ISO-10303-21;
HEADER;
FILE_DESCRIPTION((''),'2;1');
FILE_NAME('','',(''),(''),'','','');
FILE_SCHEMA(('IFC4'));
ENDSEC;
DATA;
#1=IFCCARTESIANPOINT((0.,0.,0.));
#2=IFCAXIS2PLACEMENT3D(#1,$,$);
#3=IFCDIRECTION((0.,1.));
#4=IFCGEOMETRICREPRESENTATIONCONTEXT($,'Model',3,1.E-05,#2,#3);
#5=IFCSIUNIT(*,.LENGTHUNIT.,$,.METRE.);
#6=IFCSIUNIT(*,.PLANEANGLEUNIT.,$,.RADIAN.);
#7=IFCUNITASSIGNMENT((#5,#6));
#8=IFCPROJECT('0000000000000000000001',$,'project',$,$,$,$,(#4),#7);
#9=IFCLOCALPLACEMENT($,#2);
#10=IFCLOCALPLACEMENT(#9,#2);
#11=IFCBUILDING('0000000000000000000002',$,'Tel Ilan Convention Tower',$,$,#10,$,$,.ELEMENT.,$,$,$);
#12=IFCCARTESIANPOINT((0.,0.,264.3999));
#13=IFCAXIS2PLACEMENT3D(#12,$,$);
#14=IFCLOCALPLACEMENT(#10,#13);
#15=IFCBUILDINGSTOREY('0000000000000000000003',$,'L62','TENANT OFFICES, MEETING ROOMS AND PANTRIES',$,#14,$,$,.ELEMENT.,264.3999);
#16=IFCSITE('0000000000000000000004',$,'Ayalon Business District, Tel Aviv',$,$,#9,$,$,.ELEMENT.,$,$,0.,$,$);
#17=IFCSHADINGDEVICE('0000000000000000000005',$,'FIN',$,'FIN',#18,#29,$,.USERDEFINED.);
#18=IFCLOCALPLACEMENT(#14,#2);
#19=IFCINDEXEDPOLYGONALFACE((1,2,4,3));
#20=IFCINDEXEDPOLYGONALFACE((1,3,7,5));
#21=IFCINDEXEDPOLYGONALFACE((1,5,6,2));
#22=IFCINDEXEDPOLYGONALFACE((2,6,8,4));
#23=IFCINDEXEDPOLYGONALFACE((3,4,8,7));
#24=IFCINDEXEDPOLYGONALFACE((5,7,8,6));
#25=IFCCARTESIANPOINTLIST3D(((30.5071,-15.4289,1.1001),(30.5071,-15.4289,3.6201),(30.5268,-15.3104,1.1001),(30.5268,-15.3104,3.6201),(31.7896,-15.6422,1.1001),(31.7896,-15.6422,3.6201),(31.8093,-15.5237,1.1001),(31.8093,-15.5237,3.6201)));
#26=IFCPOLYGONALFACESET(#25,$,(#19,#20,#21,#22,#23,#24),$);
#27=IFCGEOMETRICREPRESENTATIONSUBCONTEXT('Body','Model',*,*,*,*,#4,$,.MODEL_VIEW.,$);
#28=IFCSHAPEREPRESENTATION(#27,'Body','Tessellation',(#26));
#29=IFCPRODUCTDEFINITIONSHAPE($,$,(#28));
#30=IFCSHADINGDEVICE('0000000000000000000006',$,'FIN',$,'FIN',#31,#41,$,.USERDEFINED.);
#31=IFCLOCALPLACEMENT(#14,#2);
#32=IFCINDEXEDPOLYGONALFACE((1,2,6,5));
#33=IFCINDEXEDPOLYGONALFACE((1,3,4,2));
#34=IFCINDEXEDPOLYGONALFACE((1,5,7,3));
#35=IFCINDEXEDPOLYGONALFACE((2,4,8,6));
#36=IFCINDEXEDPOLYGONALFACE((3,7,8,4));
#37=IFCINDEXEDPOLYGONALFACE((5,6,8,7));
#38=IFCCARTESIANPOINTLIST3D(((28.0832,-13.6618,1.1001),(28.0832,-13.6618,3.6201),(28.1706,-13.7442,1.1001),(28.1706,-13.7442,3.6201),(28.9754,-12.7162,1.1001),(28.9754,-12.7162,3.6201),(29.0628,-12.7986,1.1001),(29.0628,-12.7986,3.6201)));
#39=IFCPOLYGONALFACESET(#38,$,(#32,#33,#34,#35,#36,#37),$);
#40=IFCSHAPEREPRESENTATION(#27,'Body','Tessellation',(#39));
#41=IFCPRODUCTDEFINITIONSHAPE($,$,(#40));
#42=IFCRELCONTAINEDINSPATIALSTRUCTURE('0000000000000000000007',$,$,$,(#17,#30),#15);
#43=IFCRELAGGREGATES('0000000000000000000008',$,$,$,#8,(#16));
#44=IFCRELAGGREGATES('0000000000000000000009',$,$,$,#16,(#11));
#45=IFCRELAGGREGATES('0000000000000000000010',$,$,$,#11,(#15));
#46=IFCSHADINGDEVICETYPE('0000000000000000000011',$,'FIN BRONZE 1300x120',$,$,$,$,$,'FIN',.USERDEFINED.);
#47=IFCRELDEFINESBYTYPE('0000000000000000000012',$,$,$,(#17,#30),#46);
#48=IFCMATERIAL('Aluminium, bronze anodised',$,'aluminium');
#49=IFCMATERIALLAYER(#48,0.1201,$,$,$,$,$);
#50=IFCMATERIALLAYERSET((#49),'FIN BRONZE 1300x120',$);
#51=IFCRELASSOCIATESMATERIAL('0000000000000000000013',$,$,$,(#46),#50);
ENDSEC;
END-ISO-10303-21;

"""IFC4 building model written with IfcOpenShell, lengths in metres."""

from ifc_helpers import new_model, si_unit, direction, frame, origin, origin_2d, place, context, subcontext, project, spatial, rectangle, extrude, material, layer, layer_set, type_object, element, save


model = new_model("IFC4")

# Units and contexts
model_context = context("Model", 3, precision=1e-05, world=origin(), true_north=direction((0.0, 1.0)))
body_context = subcontext(model_context, "Body", "Model", "MODEL_VIEW")
ifc_project = project(units=[si_unit("LENGTHUNIT", "METRE"), si_unit("PLANEANGLEUNIT", "RADIAN")], contexts=[model_context])

# Site, building, storey
site_placement = place(None, origin())
site = spatial("IfcSite", under=ifc_project, at=site_placement, Name="Ayalon Business District, Tel Aviv", CompositionType="ELEMENT", RefElevation=0.0)
building_placement = place(site_placement, origin())
building = spatial("IfcBuilding", under=site, at=building_placement, Name="Tel Ilan Convention Tower", CompositionType="ELEMENT")
storey_placement = place(building_placement, frame((0.0, 0.0, 264.3999)))
storey = spatial("IfcBuildingStorey", under=building, at=storey_placement, Name="L62", Description="TENANT OFFICES, MEETING ROOMS AND PANTRIES", CompositionType="ELEMENT", Elevation=264.3999)

# Shading devices
ifc_material_1 = material(Name="Aluminium, bronze anodised", Category="aluminium")
ifc_layer_1 = layer(ifc_material_1, 0.1201)
ifc_layer_set_1 = layer_set([ifc_layer_1], Name="FIN BRONZE 1300x120")
shading_device_type = type_object("IfcShadingDeviceType", Name="FIN BRONZE 1300x120", ElementType="FIN", PredefinedType="USERDEFINED", material=ifc_layer_set_1)
for number, where, z_axis, x_axis, name in (
    (1, (31.1582, -15.4763, 1.1001), (0.0, 0.0, 1.0), (0.986445, -0.164091, 0.0), "FIN"),
    (2, (28.573, -13.2302, 1.1001), (0.0, 0.0, 1.0), (0.686242, 0.727374, 0.0), "FIN"),
):
    element("IfcShadingDevice", number, at=place(storey_placement, frame(where, z_axis=z_axis, x_axis=x_axis)), inside=storey, type_object=shading_device_type, Name=name, ObjectType="FIN", PredefinedType="USERDEFINED", context=body_context, shape_type="SweptSolid", body=[
        extrude(rectangle(XDim=1.3, YDim=0.1201, at=origin_2d()), origin(), (0.0, 0.0, 1.0), 2.52),
    ])

save(model, "model.ifc")
